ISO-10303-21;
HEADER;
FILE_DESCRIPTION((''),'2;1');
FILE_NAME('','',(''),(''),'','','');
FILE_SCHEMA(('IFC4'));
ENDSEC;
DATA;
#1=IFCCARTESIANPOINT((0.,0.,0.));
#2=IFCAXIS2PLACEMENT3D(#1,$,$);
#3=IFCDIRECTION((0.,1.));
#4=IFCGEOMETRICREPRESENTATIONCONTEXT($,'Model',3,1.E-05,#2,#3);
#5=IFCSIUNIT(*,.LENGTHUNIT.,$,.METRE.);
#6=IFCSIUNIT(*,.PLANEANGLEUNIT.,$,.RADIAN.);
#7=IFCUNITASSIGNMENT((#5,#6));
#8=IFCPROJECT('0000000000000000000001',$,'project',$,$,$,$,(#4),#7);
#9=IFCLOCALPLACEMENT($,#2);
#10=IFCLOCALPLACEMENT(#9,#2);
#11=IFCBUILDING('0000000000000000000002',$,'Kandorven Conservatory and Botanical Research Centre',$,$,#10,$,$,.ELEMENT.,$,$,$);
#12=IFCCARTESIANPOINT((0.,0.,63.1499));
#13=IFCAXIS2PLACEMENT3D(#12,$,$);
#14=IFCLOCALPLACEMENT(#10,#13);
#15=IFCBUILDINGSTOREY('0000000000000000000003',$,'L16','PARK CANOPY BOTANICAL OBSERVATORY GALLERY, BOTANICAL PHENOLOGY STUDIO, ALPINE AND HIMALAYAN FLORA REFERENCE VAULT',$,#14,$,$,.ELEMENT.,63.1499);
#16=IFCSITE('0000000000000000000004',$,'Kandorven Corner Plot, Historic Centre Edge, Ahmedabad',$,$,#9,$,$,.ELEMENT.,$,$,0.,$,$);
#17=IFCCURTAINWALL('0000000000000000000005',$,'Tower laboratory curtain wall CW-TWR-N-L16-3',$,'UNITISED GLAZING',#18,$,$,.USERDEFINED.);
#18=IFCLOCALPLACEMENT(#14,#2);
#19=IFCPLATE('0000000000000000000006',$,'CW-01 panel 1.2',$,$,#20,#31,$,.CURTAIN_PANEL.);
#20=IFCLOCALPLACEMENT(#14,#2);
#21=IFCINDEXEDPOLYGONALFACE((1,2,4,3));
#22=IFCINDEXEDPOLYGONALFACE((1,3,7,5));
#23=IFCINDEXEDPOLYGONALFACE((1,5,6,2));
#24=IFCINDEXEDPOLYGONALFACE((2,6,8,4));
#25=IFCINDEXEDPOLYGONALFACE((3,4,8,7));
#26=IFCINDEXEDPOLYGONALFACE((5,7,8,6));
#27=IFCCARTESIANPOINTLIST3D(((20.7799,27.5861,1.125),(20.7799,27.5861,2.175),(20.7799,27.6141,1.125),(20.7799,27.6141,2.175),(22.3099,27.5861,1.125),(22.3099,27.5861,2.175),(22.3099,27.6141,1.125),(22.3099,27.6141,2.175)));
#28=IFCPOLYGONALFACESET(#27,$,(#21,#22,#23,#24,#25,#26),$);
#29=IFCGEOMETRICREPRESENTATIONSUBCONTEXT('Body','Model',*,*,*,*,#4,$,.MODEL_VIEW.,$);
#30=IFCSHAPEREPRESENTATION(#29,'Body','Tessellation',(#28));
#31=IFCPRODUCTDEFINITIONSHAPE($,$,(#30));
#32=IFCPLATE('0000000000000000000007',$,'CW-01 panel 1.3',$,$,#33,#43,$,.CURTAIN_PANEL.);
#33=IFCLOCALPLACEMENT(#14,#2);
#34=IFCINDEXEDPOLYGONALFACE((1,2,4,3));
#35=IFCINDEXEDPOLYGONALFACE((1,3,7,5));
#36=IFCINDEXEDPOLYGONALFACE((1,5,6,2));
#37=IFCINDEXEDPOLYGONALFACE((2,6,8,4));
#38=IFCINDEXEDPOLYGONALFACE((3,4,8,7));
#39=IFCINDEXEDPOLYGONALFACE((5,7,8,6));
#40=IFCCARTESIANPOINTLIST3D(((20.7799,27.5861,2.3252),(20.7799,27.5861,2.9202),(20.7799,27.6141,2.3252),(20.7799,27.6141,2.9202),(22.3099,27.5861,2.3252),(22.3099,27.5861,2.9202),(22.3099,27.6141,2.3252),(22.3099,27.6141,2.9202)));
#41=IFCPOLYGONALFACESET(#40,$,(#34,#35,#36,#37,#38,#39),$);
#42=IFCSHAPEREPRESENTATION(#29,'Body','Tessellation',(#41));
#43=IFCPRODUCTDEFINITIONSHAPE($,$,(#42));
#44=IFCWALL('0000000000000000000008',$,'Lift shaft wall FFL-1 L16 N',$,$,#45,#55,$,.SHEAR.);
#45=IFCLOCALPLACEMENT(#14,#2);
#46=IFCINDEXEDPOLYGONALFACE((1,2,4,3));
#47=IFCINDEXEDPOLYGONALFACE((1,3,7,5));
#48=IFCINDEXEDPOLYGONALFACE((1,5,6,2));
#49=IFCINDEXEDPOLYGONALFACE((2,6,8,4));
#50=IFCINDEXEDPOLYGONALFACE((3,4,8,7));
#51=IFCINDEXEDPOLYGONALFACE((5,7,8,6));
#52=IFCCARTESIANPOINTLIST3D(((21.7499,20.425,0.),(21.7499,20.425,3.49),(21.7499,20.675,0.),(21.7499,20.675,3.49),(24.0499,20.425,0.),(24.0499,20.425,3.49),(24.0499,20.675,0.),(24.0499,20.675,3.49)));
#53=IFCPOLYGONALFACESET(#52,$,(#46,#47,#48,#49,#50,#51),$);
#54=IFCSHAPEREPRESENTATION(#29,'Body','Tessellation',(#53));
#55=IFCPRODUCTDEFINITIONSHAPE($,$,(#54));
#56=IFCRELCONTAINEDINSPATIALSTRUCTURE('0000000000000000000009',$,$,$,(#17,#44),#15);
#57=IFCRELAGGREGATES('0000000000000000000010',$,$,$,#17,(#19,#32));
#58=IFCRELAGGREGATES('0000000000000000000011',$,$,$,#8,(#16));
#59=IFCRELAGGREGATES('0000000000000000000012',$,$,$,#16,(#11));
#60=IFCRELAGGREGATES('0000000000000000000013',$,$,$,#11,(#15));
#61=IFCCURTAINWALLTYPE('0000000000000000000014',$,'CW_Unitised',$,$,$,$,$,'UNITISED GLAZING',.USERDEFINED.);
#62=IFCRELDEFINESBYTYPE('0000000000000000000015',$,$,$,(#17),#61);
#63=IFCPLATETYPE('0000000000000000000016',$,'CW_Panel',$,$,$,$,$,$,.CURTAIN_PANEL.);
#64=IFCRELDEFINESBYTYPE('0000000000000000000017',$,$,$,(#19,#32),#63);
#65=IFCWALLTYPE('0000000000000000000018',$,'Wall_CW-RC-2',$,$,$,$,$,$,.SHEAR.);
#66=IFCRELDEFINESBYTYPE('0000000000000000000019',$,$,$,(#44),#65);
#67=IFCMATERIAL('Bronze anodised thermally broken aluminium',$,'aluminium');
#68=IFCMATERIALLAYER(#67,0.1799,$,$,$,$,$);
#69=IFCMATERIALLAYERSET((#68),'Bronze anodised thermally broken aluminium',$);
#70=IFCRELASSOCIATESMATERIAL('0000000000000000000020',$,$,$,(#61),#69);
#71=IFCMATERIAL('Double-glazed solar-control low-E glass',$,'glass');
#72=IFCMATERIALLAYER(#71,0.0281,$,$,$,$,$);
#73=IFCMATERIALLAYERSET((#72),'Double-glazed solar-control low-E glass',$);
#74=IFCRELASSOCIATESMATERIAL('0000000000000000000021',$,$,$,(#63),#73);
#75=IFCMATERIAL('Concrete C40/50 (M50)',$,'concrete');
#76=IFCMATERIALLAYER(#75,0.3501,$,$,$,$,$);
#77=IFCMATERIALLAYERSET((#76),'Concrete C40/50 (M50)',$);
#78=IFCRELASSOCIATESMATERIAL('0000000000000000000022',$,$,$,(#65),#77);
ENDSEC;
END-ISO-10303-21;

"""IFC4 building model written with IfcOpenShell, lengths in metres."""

from ifc_helpers import new_model, si_unit, direction, frame, frame_2d, origin, origin_2d, place, context, subcontext, project, spatial, rectangle, extrude, material, layer, layer_set, type_object, element, aggregate, save


model = new_model("IFC4")

# Units and contexts
model_context = context("Model", 3, precision=1e-05, world=origin(), true_north=direction((0.0, 1.0)))
body_context = subcontext(model_context, "Body", "Model", "MODEL_VIEW")
ifc_project = project(units=[si_unit("LENGTHUNIT", "METRE"), si_unit("PLANEANGLEUNIT", "RADIAN")], contexts=[model_context])

# Site, building, storey
site_placement = place(None, origin())
site = spatial("IfcSite", under=ifc_project, at=site_placement, Name="Kandorven Corner Plot, Historic Centre Edge, Ahmedabad", CompositionType="ELEMENT", RefElevation=0.0)
building_placement = place(site_placement, origin())
building = spatial("IfcBuilding", under=site, at=building_placement, Name="Kandorven Conservatory and Botanical Research Centre", CompositionType="ELEMENT")
storey_placement = place(building_placement, frame((0.0, 0.0, 63.1499)))
storey = spatial("IfcBuildingStorey", under=building, at=storey_placement, Name="L16", Description="PARK CANOPY BOTANICAL OBSERVATORY GALLERY, BOTANICAL PHENOLOGY STUDIO, ALPINE AND HIMALAYAN FLORA REFERENCE VAULT", CompositionType="ELEMENT", Elevation=63.1499)

# Shared definitions
ifc_material_1 = material(Name="Bronze anodised thermally broken aluminium", Category="aluminium")
ifc_layer_1 = layer(ifc_material_1, 0.1799)
ifc_layer_set_1 = layer_set([ifc_layer_1], Name="Bronze anodised thermally broken aluminium")
curtain_wall_type = type_object("IfcCurtainWallType", Name="CW_Unitised", ElementType="UNITISED GLAZING", PredefinedType="USERDEFINED", material=ifc_layer_set_1)

# Curtain wall
curtain_wall_1_placement = place(storey_placement, origin())
curtain_wall_1 = element("IfcCurtainWall", 1, at=curtain_wall_1_placement, inside=storey, type_object=curtain_wall_type, Name="Tower laboratory curtain wall CW-TWR-N-L16-3", ObjectType="UNITISED GLAZING", PredefinedType="USERDEFINED")

# Plates
ifc_material_2 = material(Name="Double-glazed solar-control low-E glass", Category="glass")
ifc_layer_2 = layer(ifc_material_2, 0.0281)
ifc_layer_set_2 = layer_set([ifc_layer_2], Name="Double-glazed solar-control low-E glass")
plate_type = type_object("IfcPlateType", Name="CW_Panel", PredefinedType="CURTAIN_PANEL", material=ifc_layer_set_2)
plate_1_placement = place(storey_placement, frame((21.5449, 27.6001, 1.125), z_axis=(0.0, 0.0, 1.0), x_axis=(1.0, 0.0, 0.0)))
plate_1 = element("IfcPlate", 2, at=plate_1_placement, type_object=plate_type, Name="CW-01 panel 1.2", PredefinedType="CURTAIN_PANEL", context=body_context, shape_type="SweptSolid", body=[
    extrude(rectangle(XDim=1.53, YDim=0.0281, at=origin_2d()), origin(), (0.0, 0.0, 1.0), 1.05),
])
plate_2_placement = place(storey_placement, frame((21.5449, 27.6001, 2.3252), z_axis=(0.0, 0.0, 1.0), x_axis=(1.0, 0.0, 0.0)))
plate_2 = element("IfcPlate", 3, at=plate_2_placement, type_object=plate_type, Name="CW-01 panel 1.3", PredefinedType="CURTAIN_PANEL", context=body_context, shape_type="SweptSolid", body=[
    extrude(rectangle(XDim=1.53, YDim=0.0281, at=origin_2d()), origin(), (0.0, 0.0, 1.0), 0.595),
])
aggregate(curtain_wall_1, [plate_1, plate_2])

# Wall
ifc_material_3 = material(Name="Concrete C40/50 (M50)", Category="concrete")
ifc_layer_3 = layer(ifc_material_3, 0.3501)
ifc_layer_set_3 = layer_set([ifc_layer_3], Name="Concrete C40/50 (M50)")
wall_type = type_object("IfcWallType", Name="Wall_CW-RC-2", PredefinedType="SHEAR", material=ifc_layer_set_3)
wall_placement = place(storey_placement, frame((21.75, 20.55, 0.0), z_axis=(0.0, 0.0, 1.0), x_axis=(1.0, 0.0, 0.0)))
element("IfcWall", 4, at=wall_placement, inside=storey, type_object=wall_type, Name="Lift shaft wall FFL-1 L16 N", PredefinedType="SHEAR", context=body_context, shape_type="SweptSolid", body=[
    extrude(rectangle(XDim=2.3, YDim=0.25, at=frame_2d((1.1499, 0.0))), origin(), (0.0, 0.0, 1.0), 3.49),
])

save(model, "model.ifc")
